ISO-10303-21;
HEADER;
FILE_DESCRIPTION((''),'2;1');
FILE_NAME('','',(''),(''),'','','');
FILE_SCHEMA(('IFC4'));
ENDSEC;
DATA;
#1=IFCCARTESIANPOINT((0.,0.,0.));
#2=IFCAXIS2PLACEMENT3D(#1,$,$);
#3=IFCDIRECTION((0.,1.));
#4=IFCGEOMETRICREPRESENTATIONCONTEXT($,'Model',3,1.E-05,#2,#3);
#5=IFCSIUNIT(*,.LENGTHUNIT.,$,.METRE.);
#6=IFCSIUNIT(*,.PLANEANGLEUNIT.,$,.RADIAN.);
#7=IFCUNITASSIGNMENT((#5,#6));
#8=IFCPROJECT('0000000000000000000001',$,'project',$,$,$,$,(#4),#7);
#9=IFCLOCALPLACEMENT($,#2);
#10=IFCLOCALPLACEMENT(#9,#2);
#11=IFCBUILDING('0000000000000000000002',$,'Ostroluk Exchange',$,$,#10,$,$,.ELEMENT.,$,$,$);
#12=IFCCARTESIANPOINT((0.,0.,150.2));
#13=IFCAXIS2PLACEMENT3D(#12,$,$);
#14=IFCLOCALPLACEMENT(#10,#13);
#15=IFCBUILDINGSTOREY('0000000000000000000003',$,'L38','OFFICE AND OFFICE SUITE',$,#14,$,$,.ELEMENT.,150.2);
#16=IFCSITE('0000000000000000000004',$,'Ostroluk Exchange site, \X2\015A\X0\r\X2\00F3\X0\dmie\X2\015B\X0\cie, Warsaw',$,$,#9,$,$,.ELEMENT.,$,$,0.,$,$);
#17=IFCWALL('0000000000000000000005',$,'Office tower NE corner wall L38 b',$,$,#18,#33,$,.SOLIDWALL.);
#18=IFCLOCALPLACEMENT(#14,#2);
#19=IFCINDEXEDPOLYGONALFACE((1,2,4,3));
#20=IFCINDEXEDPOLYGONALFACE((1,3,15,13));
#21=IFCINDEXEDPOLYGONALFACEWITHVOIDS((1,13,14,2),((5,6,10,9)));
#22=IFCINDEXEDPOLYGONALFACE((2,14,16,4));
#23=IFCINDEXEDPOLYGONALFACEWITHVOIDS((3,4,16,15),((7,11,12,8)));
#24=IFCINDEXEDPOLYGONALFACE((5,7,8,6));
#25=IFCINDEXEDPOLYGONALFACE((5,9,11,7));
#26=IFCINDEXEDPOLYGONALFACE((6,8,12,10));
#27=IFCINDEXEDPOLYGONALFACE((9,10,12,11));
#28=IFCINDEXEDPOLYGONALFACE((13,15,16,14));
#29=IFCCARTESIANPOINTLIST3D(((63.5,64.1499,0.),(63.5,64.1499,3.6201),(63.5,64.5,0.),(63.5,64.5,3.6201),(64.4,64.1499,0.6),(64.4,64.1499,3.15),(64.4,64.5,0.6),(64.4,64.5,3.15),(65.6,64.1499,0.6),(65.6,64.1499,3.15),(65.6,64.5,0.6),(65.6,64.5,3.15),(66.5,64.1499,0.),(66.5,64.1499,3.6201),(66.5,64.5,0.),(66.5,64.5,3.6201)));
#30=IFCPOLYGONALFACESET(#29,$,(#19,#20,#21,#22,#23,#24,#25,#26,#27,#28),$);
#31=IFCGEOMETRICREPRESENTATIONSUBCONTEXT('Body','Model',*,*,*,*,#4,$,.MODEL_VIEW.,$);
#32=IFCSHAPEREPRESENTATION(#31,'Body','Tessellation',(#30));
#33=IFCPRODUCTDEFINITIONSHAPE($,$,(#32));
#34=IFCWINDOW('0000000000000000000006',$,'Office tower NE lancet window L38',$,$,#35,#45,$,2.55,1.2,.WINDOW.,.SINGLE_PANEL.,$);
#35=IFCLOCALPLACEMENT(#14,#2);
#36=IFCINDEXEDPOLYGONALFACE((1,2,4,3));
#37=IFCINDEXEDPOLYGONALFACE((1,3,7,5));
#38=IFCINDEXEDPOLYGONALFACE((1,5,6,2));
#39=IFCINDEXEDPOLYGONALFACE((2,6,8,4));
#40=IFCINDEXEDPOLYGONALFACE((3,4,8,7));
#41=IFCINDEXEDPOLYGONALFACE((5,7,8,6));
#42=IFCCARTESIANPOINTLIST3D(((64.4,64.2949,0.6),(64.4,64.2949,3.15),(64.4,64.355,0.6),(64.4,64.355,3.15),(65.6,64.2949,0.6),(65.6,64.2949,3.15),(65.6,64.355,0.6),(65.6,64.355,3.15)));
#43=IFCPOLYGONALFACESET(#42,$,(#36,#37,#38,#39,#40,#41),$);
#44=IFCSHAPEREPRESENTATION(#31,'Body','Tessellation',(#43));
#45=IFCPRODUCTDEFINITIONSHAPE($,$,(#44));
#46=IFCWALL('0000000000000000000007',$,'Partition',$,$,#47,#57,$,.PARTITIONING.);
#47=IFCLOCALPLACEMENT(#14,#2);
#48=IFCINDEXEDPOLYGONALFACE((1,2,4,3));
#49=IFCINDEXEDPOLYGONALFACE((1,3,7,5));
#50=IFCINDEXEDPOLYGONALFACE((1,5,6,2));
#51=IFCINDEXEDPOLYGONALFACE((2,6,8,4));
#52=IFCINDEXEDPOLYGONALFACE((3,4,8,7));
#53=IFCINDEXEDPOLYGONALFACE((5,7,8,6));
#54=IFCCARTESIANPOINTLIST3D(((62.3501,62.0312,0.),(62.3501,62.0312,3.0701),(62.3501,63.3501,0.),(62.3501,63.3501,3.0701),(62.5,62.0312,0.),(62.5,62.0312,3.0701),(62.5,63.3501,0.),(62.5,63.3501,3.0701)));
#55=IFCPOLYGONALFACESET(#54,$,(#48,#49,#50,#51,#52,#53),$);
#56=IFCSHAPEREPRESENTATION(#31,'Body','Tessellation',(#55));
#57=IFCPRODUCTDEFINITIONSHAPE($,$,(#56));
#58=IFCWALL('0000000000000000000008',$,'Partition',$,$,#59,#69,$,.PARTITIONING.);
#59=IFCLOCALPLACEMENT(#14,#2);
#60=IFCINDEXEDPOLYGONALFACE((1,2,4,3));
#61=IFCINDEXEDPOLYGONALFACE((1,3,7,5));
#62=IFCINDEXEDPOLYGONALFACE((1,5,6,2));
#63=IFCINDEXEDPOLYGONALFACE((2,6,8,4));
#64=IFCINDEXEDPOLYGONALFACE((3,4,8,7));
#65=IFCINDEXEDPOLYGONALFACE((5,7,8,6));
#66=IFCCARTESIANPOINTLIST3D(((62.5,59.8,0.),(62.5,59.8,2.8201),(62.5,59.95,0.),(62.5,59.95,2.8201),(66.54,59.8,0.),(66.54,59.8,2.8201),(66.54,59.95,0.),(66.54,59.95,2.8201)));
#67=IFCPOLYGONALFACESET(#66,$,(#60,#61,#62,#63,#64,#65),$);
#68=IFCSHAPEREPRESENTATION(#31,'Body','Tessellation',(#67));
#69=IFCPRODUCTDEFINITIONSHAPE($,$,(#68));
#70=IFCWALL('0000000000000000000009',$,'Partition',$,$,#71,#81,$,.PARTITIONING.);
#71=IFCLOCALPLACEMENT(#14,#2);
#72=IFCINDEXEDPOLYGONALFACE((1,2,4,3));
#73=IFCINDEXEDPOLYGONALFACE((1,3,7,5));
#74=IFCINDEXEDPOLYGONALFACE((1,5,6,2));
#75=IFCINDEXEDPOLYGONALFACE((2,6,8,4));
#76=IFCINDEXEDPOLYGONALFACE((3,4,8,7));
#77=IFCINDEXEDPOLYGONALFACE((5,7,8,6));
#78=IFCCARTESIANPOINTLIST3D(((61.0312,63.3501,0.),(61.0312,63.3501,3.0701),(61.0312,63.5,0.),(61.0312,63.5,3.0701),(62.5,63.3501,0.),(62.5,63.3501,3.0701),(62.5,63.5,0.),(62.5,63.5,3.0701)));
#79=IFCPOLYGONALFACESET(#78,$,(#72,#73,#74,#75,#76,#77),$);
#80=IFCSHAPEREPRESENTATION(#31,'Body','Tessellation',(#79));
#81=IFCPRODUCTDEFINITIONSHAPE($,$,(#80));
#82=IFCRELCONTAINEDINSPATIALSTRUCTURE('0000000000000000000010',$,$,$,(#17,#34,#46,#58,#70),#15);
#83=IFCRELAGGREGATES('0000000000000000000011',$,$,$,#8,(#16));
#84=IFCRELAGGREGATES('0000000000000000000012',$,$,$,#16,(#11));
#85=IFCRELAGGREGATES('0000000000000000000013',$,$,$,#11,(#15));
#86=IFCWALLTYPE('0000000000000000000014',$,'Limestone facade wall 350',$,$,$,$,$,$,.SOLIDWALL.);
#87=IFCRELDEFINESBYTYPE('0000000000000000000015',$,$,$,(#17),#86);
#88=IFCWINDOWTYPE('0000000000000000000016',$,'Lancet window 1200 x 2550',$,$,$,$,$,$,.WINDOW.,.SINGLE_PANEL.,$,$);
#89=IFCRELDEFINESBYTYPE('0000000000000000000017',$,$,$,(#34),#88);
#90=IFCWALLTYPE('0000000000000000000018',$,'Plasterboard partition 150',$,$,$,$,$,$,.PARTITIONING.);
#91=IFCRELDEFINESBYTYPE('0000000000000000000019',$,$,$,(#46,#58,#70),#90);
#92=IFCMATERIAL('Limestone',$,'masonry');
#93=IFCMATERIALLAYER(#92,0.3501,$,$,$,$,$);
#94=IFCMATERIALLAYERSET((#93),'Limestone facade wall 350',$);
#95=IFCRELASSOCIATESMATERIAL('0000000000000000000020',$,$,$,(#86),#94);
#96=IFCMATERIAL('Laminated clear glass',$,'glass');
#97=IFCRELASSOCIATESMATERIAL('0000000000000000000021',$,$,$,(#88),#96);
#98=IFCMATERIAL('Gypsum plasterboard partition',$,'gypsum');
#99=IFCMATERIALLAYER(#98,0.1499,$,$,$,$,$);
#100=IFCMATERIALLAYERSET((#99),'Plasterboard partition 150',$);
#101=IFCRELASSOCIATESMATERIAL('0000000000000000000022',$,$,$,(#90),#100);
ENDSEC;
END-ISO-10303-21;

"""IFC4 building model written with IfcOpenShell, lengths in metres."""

from ifc_helpers import new_model, si_unit, direction, frame, frame_2d, origin, place, context, subcontext, project, spatial, rectangle, extrude, material, layer, layer_set, type_object, element, fill, save


model = new_model("IFC4")

# Units and contexts
model_context = context("Model", 3, precision=1e-05, world=origin(), true_north=direction((0.0, 1.0)))
body_context = subcontext(model_context, "Body", "Model", "MODEL_VIEW")
ifc_project = project(units=[si_unit("LENGTHUNIT", "METRE"), si_unit("PLANEANGLEUNIT", "RADIAN")], contexts=[model_context])

# Site, building, storey
site_placement = place(None, origin())
site = spatial("IfcSite", under=ifc_project, at=site_placement, Name="Ostroluk Exchange site, Śródmieście, Warsaw", CompositionType="ELEMENT", RefElevation=0.0)
building_placement = place(site_placement, origin())
building = spatial("IfcBuilding", under=site, at=building_placement, Name="Ostroluk Exchange", CompositionType="ELEMENT")
storey_placement = place(building_placement, frame((0.0, 0.0, 150.2)))
storey = spatial("IfcBuildingStorey", under=building, at=storey_placement, Name="L38", Description="OFFICE AND OFFICE SUITE", CompositionType="ELEMENT", Elevation=150.2)

# Shared definitions
ifc_material_1 = material(Name="Limestone", Category="masonry")
ifc_layer_1 = layer(ifc_material_1, 0.3501)
ifc_layer_set_1 = layer_set([ifc_layer_1], Name="Limestone facade wall 350")
wall_type_1 = type_object("IfcWallType", Name="Limestone facade wall 350", PredefinedType="SOLIDWALL", material=ifc_layer_set_1)

# Wall, opening, window
wall_1_placement = place(storey_placement, frame((63.5, 64.325, 0.0), z_axis=(0.0, 0.0, 1.0), x_axis=(1.0, 0.0, 0.0)))
wall_1 = element("IfcWall", 1, at=wall_1_placement, inside=storey, type_object=wall_type_1, Name="Office tower NE corner wall L38 b", PredefinedType="SOLIDWALL", context=body_context, shape_type="SweptSolid", body=[
    extrude(rectangle(XDim=3.0, YDim=0.3501, at=frame_2d((1.5, 0.0))), origin(), (0.0, 0.0, 1.0), 3.6201),
])
opening_1_placement = place(wall_1_placement, frame((0.8999, 0.0, 0.6001)))
opening_1 = element("IfcOpeningElement", 2, at=opening_1_placement, cuts=wall_1, PredefinedType="OPENING", context=body_context, shape_type="SweptSolid", body=[
    extrude(rectangle(XDim=1.2, YDim=2.55, at=frame_2d((0.6001, 1.2749))), frame((0.0, 0.1851, 0.0), z_axis=(0.0, -1.0, 0.0), x_axis=(1.0, 0.0, 0.0)), (0.0, 0.0, 1.0), 0.3701),
])
ifc_material_2 = material(Name="Laminated clear glass", Category="glass")
window_type = type_object("IfcWindowType", Name="Lancet window 1200 x 2550", PartitioningType="SINGLE_PANEL", PredefinedType="WINDOW", material=ifc_material_2)
window_placement = place(opening_1_placement, origin())
window = element("IfcWindow", 3, at=window_placement, inside=storey, type_object=window_type, Name="Office tower NE lancet window L38", OverallHeight=2.55, OverallWidth=1.2, PartitioningType="SINGLE_PANEL", PredefinedType="WINDOW", context=body_context, shape_type="SweptSolid", body=[
    extrude(rectangle(XDim=1.2, YDim=2.55, at=frame_2d((0.6001, 1.2749))), frame((0.0, 0.03, 0.0), z_axis=(0.0, -1.0, 0.0), x_axis=(1.0, 0.0, 0.0)), (0.0, 0.0, 1.0), 0.0601),
])
fill(opening_1, window)

# Walls
ifc_material_3 = material(Name="Gypsum plasterboard partition", Category="gypsum")
ifc_layer_2 = layer(ifc_material_3, 0.1499)
ifc_layer_set_2 = layer_set([ifc_layer_2], Name="Plasterboard partition 150")
wall_type_2 = type_object("IfcWallType", Name="Plasterboard partition 150", PredefinedType="PARTITIONING", material=ifc_layer_set_2)
wall_2_placement = place(storey_placement, frame((62.425, 62.0312, 0.0), z_axis=(0.0, 0.0, 1.0), x_axis=(0.0, 1.0, 0.0)))
element("IfcWall", 4, at=wall_2_placement, inside=storey, type_object=wall_type_2, Name="Partition", PredefinedType="PARTITIONING", context=body_context, shape_type="SweptSolid", body=[
    extrude(rectangle(XDim=1.3188, YDim=0.1499, at=frame_2d((0.6594, 0.0))), origin(), (0.0, 0.0, 1.0), 3.0701),
])
wall_3_placement = place(storey_placement, frame((62.5, 59.875, 0.0), z_axis=(0.0, 0.0, 1.0), x_axis=(1.0, 0.0, 0.0)))
element("IfcWall", 5, at=wall_3_placement, inside=storey, type_object=wall_type_2, Name="Partition", PredefinedType="PARTITIONING", context=body_context, shape_type="SweptSolid", body=[
    extrude(rectangle(XDim=4.04, YDim=0.1499, at=frame_2d((2.02, 0.0))), origin(), (0.0, 0.0, 1.0), 2.8201),
])
wall_4_placement = place(storey_placement, frame((62.5, 63.425, 0.0), z_axis=(0.0, 0.0, 1.0), x_axis=(-1.0, 0.0, 0.0)))
element("IfcWall", 6, at=wall_4_placement, inside=storey, type_object=wall_type_2, Name="Partition", PredefinedType="PARTITIONING", context=body_context, shape_type="SweptSolid", body=[
    extrude(rectangle(XDim=1.4688, YDim=0.1499, at=frame_2d((0.7344, 0.0))), origin(), (0.0, 0.0, 1.0), 3.0701),
])

save(model, "model.ifc")
